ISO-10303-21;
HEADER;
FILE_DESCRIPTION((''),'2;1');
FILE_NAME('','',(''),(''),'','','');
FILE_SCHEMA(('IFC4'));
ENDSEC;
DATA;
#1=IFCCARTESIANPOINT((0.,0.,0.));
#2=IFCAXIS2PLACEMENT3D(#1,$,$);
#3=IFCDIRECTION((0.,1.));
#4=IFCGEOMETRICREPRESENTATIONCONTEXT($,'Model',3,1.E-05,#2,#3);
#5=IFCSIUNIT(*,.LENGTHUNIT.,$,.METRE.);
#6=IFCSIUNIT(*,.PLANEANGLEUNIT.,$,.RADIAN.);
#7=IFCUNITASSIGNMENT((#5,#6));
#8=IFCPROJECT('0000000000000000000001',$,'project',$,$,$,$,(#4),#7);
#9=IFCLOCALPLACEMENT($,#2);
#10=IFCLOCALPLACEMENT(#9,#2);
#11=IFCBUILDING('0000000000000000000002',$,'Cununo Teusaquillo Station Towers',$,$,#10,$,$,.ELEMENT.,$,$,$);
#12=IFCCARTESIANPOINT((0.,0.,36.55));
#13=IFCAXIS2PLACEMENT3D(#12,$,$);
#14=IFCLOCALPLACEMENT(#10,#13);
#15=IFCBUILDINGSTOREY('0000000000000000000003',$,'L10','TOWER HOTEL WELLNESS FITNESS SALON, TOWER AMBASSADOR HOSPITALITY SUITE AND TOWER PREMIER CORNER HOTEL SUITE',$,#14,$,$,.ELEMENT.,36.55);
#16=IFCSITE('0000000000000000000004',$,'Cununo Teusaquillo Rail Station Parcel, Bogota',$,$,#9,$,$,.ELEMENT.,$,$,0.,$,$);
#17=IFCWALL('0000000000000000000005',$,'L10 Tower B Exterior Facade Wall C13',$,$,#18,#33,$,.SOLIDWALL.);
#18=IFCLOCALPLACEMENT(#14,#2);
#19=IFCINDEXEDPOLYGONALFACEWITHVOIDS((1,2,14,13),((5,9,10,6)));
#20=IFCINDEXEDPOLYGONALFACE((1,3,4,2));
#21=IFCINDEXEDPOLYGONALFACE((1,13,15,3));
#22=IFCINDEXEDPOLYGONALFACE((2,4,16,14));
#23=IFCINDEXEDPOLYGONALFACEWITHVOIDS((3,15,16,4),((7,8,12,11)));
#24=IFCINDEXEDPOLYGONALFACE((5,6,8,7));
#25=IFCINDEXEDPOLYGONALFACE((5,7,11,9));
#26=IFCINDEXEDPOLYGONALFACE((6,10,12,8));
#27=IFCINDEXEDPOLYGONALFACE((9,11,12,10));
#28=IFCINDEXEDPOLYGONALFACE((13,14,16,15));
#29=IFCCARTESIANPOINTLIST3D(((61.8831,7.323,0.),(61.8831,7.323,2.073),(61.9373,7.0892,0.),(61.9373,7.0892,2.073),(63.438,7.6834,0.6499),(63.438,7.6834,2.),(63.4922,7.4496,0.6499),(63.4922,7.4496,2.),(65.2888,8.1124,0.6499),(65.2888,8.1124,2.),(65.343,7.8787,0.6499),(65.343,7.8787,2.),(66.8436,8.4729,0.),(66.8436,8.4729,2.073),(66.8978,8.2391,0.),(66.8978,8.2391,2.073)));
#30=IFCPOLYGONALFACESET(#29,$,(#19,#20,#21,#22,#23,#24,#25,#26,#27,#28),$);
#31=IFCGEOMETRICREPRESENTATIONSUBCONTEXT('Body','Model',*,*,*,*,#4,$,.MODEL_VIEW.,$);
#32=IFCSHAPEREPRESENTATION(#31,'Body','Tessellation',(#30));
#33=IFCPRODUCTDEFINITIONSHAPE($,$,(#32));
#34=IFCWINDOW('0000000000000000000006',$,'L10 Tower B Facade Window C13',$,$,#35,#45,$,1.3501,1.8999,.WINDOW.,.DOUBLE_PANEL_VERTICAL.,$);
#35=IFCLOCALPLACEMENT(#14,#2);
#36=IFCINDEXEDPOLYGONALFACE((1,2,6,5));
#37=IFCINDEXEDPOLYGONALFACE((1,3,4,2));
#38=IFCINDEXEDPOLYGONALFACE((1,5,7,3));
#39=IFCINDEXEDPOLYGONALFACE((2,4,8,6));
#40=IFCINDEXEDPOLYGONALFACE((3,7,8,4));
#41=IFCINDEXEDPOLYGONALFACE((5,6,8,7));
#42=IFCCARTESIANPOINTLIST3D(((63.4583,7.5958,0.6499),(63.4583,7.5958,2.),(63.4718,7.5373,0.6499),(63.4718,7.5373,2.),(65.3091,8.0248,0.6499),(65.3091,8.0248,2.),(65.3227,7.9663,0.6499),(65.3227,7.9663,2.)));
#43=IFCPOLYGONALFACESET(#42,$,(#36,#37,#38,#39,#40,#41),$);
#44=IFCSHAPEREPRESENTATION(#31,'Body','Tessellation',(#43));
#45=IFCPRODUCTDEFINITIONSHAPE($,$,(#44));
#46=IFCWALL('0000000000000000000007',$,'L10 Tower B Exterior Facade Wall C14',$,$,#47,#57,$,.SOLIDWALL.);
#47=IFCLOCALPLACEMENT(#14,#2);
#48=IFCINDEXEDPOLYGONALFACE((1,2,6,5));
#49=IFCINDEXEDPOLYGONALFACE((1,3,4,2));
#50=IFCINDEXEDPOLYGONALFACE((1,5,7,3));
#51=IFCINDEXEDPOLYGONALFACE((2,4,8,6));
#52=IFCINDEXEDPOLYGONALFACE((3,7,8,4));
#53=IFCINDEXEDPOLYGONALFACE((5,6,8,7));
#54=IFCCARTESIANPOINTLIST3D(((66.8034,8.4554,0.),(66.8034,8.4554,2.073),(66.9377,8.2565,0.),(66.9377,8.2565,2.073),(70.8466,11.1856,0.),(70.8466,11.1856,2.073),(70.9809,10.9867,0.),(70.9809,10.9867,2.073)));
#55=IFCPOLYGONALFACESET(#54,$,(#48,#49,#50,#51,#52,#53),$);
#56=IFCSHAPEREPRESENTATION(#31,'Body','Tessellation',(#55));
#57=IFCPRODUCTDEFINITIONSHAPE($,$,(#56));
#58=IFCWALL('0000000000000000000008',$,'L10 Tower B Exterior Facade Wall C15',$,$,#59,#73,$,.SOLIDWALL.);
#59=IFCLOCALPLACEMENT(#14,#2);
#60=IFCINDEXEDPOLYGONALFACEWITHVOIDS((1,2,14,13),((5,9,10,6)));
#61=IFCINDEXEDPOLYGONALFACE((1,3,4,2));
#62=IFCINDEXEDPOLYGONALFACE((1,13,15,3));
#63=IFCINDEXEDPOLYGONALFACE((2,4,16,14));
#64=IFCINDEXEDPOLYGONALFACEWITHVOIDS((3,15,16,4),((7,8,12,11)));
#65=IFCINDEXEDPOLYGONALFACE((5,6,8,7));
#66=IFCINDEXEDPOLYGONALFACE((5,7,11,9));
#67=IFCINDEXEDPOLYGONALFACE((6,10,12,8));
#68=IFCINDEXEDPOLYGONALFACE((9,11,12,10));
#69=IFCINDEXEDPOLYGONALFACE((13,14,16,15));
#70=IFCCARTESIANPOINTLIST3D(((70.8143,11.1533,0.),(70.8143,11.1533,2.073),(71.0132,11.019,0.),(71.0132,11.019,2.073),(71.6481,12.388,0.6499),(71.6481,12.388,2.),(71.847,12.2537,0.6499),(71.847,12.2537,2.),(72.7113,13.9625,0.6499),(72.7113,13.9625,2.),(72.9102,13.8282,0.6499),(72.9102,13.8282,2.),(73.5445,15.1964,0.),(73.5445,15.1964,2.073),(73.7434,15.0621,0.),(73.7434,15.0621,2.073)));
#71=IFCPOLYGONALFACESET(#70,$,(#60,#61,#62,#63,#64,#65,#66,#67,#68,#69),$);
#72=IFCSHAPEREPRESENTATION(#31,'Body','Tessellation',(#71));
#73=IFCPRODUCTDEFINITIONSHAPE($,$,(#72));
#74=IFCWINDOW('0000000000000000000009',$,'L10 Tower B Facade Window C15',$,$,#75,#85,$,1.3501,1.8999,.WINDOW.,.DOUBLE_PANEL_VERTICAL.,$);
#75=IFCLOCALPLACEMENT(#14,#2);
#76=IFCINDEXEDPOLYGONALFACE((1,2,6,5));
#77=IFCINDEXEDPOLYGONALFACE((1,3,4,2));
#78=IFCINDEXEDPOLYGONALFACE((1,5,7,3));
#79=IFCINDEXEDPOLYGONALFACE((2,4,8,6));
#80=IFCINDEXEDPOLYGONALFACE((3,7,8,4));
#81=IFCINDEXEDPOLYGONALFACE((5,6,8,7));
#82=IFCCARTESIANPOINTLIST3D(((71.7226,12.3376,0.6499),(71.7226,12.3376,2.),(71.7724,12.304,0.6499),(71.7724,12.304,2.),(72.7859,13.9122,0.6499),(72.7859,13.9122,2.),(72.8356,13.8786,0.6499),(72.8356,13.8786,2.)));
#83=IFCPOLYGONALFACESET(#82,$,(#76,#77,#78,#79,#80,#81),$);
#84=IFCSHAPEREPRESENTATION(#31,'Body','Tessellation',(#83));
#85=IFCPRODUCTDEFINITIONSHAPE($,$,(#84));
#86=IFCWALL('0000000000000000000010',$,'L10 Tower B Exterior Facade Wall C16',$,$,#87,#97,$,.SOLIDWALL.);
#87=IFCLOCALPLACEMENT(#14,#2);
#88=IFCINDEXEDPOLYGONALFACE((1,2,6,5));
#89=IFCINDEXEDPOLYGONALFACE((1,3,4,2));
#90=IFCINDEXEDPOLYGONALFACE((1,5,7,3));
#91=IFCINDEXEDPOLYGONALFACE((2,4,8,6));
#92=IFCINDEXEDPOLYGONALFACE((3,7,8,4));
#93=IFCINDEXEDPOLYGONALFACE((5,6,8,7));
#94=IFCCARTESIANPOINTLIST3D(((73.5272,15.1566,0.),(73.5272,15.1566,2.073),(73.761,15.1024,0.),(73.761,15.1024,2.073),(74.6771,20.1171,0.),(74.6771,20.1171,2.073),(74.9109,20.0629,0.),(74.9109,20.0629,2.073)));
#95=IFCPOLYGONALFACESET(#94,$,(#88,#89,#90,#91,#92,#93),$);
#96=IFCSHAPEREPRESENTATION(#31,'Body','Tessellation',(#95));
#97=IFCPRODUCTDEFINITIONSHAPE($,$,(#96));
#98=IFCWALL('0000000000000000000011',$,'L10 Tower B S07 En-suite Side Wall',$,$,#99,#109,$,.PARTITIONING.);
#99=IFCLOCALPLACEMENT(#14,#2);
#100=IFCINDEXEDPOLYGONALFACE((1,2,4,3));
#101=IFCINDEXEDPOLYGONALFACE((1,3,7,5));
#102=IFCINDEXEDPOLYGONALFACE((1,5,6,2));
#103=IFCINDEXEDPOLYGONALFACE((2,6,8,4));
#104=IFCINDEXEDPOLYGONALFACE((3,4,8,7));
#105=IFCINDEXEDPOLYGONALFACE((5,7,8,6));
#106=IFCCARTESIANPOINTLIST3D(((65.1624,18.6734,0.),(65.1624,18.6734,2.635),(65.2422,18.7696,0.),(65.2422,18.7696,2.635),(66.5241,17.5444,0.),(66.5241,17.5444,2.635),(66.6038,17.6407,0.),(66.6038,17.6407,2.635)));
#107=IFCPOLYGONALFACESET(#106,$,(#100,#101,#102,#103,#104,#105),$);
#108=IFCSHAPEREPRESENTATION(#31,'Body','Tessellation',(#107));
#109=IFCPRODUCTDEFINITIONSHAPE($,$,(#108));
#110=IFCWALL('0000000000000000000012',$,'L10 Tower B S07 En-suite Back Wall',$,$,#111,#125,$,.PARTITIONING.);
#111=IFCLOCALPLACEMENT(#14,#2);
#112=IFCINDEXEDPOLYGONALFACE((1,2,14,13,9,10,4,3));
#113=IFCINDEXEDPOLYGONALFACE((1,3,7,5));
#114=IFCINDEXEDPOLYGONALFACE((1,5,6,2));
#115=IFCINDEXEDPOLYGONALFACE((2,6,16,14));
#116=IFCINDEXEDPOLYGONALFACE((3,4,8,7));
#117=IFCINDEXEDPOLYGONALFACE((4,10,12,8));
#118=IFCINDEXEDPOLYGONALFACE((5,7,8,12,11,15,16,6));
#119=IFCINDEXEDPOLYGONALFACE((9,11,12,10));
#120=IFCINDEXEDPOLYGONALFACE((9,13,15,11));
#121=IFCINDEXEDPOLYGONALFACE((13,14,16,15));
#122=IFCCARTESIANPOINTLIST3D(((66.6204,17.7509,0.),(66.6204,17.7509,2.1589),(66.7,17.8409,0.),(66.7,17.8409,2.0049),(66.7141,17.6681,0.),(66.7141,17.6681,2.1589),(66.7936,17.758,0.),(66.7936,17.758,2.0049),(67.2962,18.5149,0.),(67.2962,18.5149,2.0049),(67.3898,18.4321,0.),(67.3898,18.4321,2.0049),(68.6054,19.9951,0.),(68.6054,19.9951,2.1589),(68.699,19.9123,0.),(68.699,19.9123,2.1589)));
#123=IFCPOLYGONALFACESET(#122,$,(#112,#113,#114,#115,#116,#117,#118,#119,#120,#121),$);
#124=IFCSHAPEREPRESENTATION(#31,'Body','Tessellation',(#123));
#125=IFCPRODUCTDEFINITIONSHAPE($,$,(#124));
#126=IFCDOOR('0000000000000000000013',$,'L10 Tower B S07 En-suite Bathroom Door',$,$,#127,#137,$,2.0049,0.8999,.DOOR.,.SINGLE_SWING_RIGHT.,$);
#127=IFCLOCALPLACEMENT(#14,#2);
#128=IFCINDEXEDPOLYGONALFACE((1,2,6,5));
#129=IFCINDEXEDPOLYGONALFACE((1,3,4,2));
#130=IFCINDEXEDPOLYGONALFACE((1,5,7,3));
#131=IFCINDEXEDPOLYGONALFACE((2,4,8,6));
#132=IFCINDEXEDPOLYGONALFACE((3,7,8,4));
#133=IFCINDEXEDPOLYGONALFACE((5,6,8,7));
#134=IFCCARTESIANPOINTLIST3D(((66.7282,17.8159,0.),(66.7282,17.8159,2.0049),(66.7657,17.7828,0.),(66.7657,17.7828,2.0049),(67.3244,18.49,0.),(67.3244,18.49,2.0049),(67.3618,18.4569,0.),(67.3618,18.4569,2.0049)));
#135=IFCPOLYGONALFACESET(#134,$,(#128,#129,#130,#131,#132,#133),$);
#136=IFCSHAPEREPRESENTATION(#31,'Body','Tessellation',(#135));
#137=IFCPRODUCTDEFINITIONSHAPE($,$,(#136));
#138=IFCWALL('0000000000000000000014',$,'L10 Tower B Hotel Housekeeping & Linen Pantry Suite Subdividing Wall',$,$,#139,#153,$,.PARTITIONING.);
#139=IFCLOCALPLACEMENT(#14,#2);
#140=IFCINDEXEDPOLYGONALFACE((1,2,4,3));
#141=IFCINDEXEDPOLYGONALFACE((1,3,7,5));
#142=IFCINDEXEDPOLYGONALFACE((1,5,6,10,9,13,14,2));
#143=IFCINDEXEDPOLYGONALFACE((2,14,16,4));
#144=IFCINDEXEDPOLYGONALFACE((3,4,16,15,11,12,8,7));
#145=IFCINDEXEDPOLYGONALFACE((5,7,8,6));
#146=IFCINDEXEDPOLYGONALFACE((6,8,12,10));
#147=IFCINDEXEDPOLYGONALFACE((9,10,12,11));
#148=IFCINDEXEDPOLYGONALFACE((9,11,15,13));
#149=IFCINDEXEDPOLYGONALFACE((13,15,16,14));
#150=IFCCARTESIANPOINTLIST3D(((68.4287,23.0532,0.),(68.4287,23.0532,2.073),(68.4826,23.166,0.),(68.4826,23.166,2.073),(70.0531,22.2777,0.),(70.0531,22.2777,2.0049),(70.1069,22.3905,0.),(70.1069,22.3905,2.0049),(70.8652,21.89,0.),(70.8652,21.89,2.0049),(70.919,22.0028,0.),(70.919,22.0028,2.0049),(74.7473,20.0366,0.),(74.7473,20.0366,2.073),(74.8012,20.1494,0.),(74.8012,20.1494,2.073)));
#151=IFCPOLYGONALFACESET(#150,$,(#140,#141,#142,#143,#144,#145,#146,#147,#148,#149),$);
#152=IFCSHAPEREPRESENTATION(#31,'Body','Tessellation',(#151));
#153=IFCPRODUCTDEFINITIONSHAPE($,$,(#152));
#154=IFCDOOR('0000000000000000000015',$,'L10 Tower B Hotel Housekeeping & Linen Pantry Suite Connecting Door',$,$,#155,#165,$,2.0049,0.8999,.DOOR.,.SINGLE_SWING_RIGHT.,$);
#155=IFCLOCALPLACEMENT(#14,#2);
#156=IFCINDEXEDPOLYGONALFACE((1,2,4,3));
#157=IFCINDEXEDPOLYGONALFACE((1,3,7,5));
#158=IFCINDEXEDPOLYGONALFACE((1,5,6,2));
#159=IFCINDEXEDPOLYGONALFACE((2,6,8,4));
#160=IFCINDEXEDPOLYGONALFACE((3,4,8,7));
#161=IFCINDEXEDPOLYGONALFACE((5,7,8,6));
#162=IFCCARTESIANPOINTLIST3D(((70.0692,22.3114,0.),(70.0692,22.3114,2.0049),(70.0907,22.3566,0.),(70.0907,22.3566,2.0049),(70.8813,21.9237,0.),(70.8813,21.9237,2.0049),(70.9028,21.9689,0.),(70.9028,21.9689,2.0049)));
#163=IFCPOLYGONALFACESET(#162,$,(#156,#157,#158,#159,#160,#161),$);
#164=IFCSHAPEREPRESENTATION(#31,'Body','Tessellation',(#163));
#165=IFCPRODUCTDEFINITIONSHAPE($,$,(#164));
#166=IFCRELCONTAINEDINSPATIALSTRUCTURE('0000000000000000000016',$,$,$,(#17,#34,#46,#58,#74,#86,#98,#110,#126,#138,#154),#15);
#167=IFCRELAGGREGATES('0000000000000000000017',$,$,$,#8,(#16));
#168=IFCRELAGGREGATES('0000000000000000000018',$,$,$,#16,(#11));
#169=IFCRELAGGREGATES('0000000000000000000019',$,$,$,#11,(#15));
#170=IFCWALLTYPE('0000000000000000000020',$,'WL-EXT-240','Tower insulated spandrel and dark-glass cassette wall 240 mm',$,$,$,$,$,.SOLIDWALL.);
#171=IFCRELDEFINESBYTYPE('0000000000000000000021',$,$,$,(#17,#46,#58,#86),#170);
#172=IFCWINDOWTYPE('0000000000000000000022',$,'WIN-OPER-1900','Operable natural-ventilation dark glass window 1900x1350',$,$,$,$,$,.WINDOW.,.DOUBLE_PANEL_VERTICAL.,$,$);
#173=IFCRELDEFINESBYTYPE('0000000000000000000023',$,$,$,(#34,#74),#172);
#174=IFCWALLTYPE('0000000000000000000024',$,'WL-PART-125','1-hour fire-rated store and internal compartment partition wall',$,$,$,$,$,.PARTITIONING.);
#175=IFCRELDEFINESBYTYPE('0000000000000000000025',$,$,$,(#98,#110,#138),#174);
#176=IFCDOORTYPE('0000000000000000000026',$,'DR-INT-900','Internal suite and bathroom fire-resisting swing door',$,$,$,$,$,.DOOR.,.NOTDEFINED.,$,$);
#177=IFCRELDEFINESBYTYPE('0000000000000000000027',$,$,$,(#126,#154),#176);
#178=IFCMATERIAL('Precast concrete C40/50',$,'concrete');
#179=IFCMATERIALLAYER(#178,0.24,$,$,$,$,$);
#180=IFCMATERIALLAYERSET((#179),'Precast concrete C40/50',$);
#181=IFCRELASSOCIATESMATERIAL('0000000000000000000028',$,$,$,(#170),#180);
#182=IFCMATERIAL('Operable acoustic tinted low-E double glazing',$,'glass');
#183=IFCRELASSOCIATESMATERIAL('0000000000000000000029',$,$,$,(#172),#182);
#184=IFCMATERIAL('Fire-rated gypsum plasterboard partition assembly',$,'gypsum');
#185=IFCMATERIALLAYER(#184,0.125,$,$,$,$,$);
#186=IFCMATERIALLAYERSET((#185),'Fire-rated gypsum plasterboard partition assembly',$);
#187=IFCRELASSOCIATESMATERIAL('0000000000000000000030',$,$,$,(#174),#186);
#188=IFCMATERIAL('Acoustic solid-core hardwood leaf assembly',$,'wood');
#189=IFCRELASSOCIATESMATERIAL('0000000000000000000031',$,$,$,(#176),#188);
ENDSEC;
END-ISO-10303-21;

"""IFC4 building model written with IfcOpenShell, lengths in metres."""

from ifc_helpers import new_model, si_unit, direction, frame, frame_2d, origin, place, context, subcontext, project, spatial, rectangle, extrude, source, transform, mapped, material, layer, layer_set, type_object, element, fill, save


model = new_model("IFC4")

# Units and contexts
model_context = context("Model", 3, precision=1e-05, world=origin(), true_north=direction((0.0, 1.0)))
body_context = subcontext(model_context, "Body", "Model", "MODEL_VIEW")
ifc_project = project(units=[si_unit("LENGTHUNIT", "METRE"), si_unit("PLANEANGLEUNIT", "RADIAN")], contexts=[model_context])

# Site, building, storey
site_placement = place(None, origin())
site = spatial("IfcSite", under=ifc_project, at=site_placement, Name="Cununo Teusaquillo Rail Station Parcel, Bogota", CompositionType="ELEMENT", RefElevation=0.0)
building_placement = place(site_placement, origin())
building = spatial("IfcBuilding", under=site, at=building_placement, Name="Cununo Teusaquillo Station Towers", CompositionType="ELEMENT")
storey_placement = place(building_placement, frame((0.0, 0.0, 36.55)))
storey = spatial("IfcBuildingStorey", under=building, at=storey_placement, Name="L10", Description="TOWER HOTEL WELLNESS FITNESS SALON, TOWER AMBASSADOR HOSPITALITY SUITE AND TOWER PREMIER CORNER HOTEL SUITE", CompositionType="ELEMENT", Elevation=36.55)

# Wall, opening, window
ifc_material_1 = material(Name="Precast concrete C40/50", Category="concrete")
ifc_layer_1 = layer(ifc_material_1, 0.24)
ifc_layer_set_1 = layer_set([ifc_layer_1], Name="Precast concrete C40/50")
wall_type_1 = type_object("IfcWallType", Name="WL-EXT-240", Description="Tower insulated spandrel and dark-glass cassette wall 240 mm", PredefinedType="SOLIDWALL", material=ifc_layer_set_1)
wall_1_placement = place(storey_placement, frame((66.8706, 8.356, 0.0), z_axis=(0.0, 0.0, 1.0), x_axis=(-0.974168, -0.225826, 0.0)))
wall_1 = element("IfcWall", 1, at=wall_1_placement, inside=storey, type_object=wall_type_1, Name="L10 Tower B Exterior Facade Wall C13", PredefinedType="SOLIDWALL", context=body_context, shape_type="SweptSolid", body=[
    extrude(rectangle(XDim=5.092, YDim=0.24, at=frame_2d((2.5459, 0.0))), origin(), (0.0, 0.0, 1.0), 2.073),
])
shared_shape_1 = source(origin(), body_context, "Body", "SweptSolid", [
    extrude(rectangle(XDim=1.8999, YDim=1.3501, at=frame_2d((0.95, 0.675))), frame((0.0, 0.1299, 0.0), z_axis=(0.0, -1.0, 0.0), x_axis=(1.0, 0.0, 0.0)), (0.0, 0.0, 1.0), 0.26),
])
opening_1_placement = place(wall_1_placement, frame((1.5959, 0.0, 0.6499)))
opening_1 = element("IfcOpeningElement", 2, at=opening_1_placement, cuts=wall_1, PredefinedType="OPENING", context=body_context, shape_type="MappedRepresentation", body=[
    mapped(shared_shape_1, transform((0.0, 0.0, 0.0), x_axis=(1.0, 0.0, 0.0), y_axis=(0.0, 1.0, 0.0), z_axis=(0.0, 0.0, 1.0), scale=1.0)),
])
ifc_material_2 = material(Name="Operable acoustic tinted low-E double glazing", Category="glass")
window_type = type_object("IfcWindowType", Name="WIN-OPER-1900", Description="Operable natural-ventilation dark glass window 1900x1350", PartitioningType="DOUBLE_PANEL_VERTICAL", PredefinedType="WINDOW", material=ifc_material_2)
shared_shape_2 = source(origin(), body_context, "Body", "SweptSolid", [
    extrude(rectangle(XDim=1.8999, YDim=1.3501, at=frame_2d((0.95, 0.675))), frame((0.0, 0.03, 0.0), z_axis=(0.0, -1.0, 0.0), x_axis=(1.0, 0.0, 0.0)), (0.0, 0.0, 1.0), 0.0601),
])
window_1_placement = place(opening_1_placement, origin())
window_1 = element("IfcWindow", 3, at=window_1_placement, inside=storey, type_object=window_type, Name="L10 Tower B Facade Window C13", OverallHeight=1.3501, OverallWidth=1.8999, PartitioningType="DOUBLE_PANEL_VERTICAL", PredefinedType="WINDOW", context=body_context, shape_type="MappedRepresentation", body=[
    mapped(shared_shape_2, transform((0.0, 0.0, 0.0), x_axis=(1.0, 0.0, 0.0), y_axis=(0.0, 1.0, 0.0), z_axis=(0.0, 0.0, 1.0), scale=1.0)),
])
fill(opening_1, window_1)

# Wall
wall_2_placement = place(storey_placement, frame((70.9138, 11.0862, 0.0), z_axis=(0.0, 0.0, 1.0), x_axis=(-0.828748, -0.559622, 0.0)))
element("IfcWall", 4, at=wall_2_placement, inside=storey, type_object=wall_type_1, Name="L10 Tower B Exterior Facade Wall C14", PredefinedType="SOLIDWALL", context=body_context, shape_type="SweptSolid", body=[
    extrude(rectangle(XDim=4.8787, YDim=0.24, at=frame_2d((2.4395, 0.0))), origin(), (0.0, 0.0, 1.0), 2.073),
])

# Wall, opening, window
wall_3_placement = place(storey_placement, frame((73.644, 15.1294, 0.0), z_axis=(0.0, 0.0, 1.0), x_axis=(-0.559622, -0.828748, 0.0)))
wall_3 = element("IfcWall", 5, at=wall_3_placement, inside=storey, type_object=wall_type_1, Name="L10 Tower B Exterior Facade Wall C15", PredefinedType="SOLIDWALL", context=body_context, shape_type="SweptSolid", body=[
    extrude(rectangle(XDim=4.8787, YDim=0.24, at=frame_2d((2.4395, 0.0))), origin(), (0.0, 0.0, 1.0), 2.073),
])
opening_2_placement = place(wall_3_placement, frame((1.489, 0.0, 0.6499)))
opening_2 = element("IfcOpeningElement", 6, at=opening_2_placement, cuts=wall_3, PredefinedType="OPENING", context=body_context, shape_type="MappedRepresentation", body=[
    mapped(shared_shape_1, transform((0.0, 0.0, 0.0), x_axis=(1.0, 0.0, 0.0), y_axis=(0.0, 1.0, 0.0), z_axis=(0.0, 0.0, 1.0), scale=1.0)),
])
window_2_placement = place(opening_2_placement, origin())
window_2 = element("IfcWindow", 7, at=window_2_placement, inside=storey, type_object=window_type, Name="L10 Tower B Facade Window C15", OverallHeight=1.3501, OverallWidth=1.8999, PartitioningType="DOUBLE_PANEL_VERTICAL", PredefinedType="WINDOW", context=body_context, shape_type="MappedRepresentation", body=[
    mapped(shared_shape_2, transform((0.0, 0.0, 0.0), x_axis=(1.0, 0.0, 0.0), y_axis=(0.0, 1.0, 0.0), z_axis=(0.0, 0.0, 1.0), scale=1.0)),
])
fill(opening_2, window_2)

# Walls
wall_4_placement = place(storey_placement, frame((74.7939, 20.0898, 0.0), z_axis=(0.0, 0.0, 1.0), x_axis=(-0.225826, -0.974168, 0.0)))
element("IfcWall", 8, at=wall_4_placement, inside=storey, type_object=wall_type_1, Name="L10 Tower B Exterior Facade Wall C16", PredefinedType="SOLIDWALL", context=body_context, shape_type="SweptSolid", body=[
    extrude(rectangle(XDim=5.092, YDim=0.24, at=frame_2d((2.5459, 0.0))), origin(), (0.0, 0.0, 1.0), 2.073),
])
ifc_material_3 = material(Name="Fire-rated gypsum plasterboard partition assembly", Category="gypsum")
ifc_layer_2 = layer(ifc_material_3, 0.125)
ifc_layer_set_2 = layer_set([ifc_layer_2], Name="Fire-rated gypsum plasterboard partition assembly")
wall_type_2 = type_object("IfcWallType", Name="WL-PART-125", Description="1-hour fire-rated store and internal compartment partition wall", PredefinedType="PARTITIONING", material=ifc_layer_set_2)
wall_5_placement = place(storey_placement, frame((65.2024, 18.7214, 0.0), z_axis=(0.0, 0.0, 1.0), x_axis=(0.769814, -0.638268, 0.0)))
element("IfcWall", 9, at=wall_5_placement, inside=storey, type_object=wall_type_2, Name="L10 Tower B S07 En-suite Side Wall", PredefinedType="PARTITIONING", context=body_context, shape_type="SweptSolid", body=[
    extrude(rectangle(XDim=1.7688, YDim=0.125, at=frame_2d((0.8843, 0.0))), origin(), (0.0, 0.0, 1.0), 2.635),
])

# Walls, openings, doors
wall_6_placement = place(storey_placement, frame((66.6672, 17.7095, 0.0), z_axis=(0.0, 0.0, 1.0), x_axis=(0.662511, 0.749053, 0.0)))
wall_6 = element("IfcWall", 10, at=wall_6_placement, inside=storey, type_object=wall_type_2, Name="L10 Tower B S07 En-suite Back Wall", PredefinedType="PARTITIONING", context=body_context, shape_type="SweptSolid", body=[
    extrude(rectangle(XDim=2.9961, YDim=0.125, at=frame_2d((1.498, 0.0))), origin(), (0.0, 0.0, 1.0), 2.1589),
])
shared_shape_3 = source(origin(), body_context, "Body", "SweptSolid", [
    extrude(rectangle(XDim=0.8999, YDim=2.0049, at=frame_2d((0.45, 1.0024))), frame((0.0, 0.0725, 0.0), z_axis=(0.0, -1.0, 0.0), x_axis=(1.0, 0.0, 0.0)), (0.0, 0.0, 1.0), 0.145),
])
opening_3_placement = place(wall_6_placement, frame((0.1201, 0.0, 0.0)))
opening_3 = element("IfcOpeningElement", 11, at=opening_3_placement, cuts=wall_6, PredefinedType="OPENING", context=body_context, shape_type="MappedRepresentation", body=[
    mapped(shared_shape_3, transform((0.0, 0.0, 0.0), x_axis=(1.0, 0.0, 0.0), y_axis=(0.0, 1.0, 0.0), z_axis=(0.0, 0.0, 1.0), scale=1.0)),
])
ifc_material_4 = material(Name="Acoustic solid-core hardwood leaf assembly", Category="wood")
door_type_1 = type_object("IfcDoorType", Name="DR-INT-900", Description="Internal suite and bathroom fire-resisting swing door", OperationType="NOTDEFINED", PredefinedType="DOOR", material=ifc_material_4)
shared_shape_4 = source(origin(), body_context, "Body", "SweptSolid", [
    extrude(rectangle(XDim=0.8999, YDim=2.0049, at=frame_2d((0.45, 1.0024))), frame((0.0, 0.0249, 0.0), z_axis=(0.0, -1.0, 0.0), x_axis=(1.0, 0.0, 0.0)), (0.0, 0.0, 1.0), 0.05),
])
door_1_placement = place(opening_3_placement, origin())
door_1 = element("IfcDoor", 12, at=door_1_placement, inside=storey, type_object=door_type_1, Name="L10 Tower B S07 En-suite Bathroom Door", OperationType="SINGLE_SWING_RIGHT", OverallHeight=2.0049, OverallWidth=0.8999, PredefinedType="DOOR", context=body_context, shape_type="MappedRepresentation", body=[
    mapped(shared_shape_4, transform((0.0, 0.0, 0.0), x_axis=(1.0, 0.0, 0.0), y_axis=(0.0, 1.0, 0.0), z_axis=(0.0, 0.0, 1.0), scale=1.0)),
])
fill(opening_3, door_1)
wall_7_placement = place(storey_placement, frame((68.4556, 23.1096, 0.0), z_axis=(0.0, 0.0, 1.0), x_axis=(0.902431, -0.430835, 0.0)))
wall_7 = element("IfcWall", 13, at=wall_7_placement, inside=storey, type_object=wall_type_2, Name="L10 Tower B Hotel Housekeeping & Linen Pantry Suite Subdividing Wall", PredefinedType="PARTITIONING", context=body_context, shape_type="SweptSolid", body=[
    extrude(rectangle(XDim=7.0017, YDim=0.125, at=frame_2d((3.501, 0.0))), origin(), (0.0, 0.0, 1.0), 2.073),
])
opening_4_placement = place(wall_7_placement, frame((1.8, 0.0, 0.0)))
opening_4 = element("IfcOpeningElement", 14, at=opening_4_placement, cuts=wall_7, PredefinedType="OPENING", context=body_context, shape_type="MappedRepresentation", body=[
    mapped(shared_shape_3, transform((0.0, 0.0, 0.0), x_axis=(1.0, 0.0, 0.0), y_axis=(0.0, 1.0, 0.0), z_axis=(0.0, 0.0, 1.0), scale=1.0)),
])
door_2_placement = place(opening_4_placement, origin())
door_2 = element("IfcDoor", 15, at=door_2_placement, inside=storey, type_object=door_type_1, Name="L10 Tower B Hotel Housekeeping & Linen Pantry Suite Connecting Door", OperationType="SINGLE_SWING_RIGHT", OverallHeight=2.0049, OverallWidth=0.8999, PredefinedType="DOOR", context=body_context, shape_type="MappedRepresentation", body=[
    mapped(shared_shape_4, transform((0.0, 0.0, 0.0), x_axis=(1.0, 0.0, 0.0), y_axis=(0.0, 1.0, 0.0), z_axis=(0.0, 0.0, 1.0), scale=1.0)),
])
fill(opening_4, door_2)

save(model, "model.ifc")
